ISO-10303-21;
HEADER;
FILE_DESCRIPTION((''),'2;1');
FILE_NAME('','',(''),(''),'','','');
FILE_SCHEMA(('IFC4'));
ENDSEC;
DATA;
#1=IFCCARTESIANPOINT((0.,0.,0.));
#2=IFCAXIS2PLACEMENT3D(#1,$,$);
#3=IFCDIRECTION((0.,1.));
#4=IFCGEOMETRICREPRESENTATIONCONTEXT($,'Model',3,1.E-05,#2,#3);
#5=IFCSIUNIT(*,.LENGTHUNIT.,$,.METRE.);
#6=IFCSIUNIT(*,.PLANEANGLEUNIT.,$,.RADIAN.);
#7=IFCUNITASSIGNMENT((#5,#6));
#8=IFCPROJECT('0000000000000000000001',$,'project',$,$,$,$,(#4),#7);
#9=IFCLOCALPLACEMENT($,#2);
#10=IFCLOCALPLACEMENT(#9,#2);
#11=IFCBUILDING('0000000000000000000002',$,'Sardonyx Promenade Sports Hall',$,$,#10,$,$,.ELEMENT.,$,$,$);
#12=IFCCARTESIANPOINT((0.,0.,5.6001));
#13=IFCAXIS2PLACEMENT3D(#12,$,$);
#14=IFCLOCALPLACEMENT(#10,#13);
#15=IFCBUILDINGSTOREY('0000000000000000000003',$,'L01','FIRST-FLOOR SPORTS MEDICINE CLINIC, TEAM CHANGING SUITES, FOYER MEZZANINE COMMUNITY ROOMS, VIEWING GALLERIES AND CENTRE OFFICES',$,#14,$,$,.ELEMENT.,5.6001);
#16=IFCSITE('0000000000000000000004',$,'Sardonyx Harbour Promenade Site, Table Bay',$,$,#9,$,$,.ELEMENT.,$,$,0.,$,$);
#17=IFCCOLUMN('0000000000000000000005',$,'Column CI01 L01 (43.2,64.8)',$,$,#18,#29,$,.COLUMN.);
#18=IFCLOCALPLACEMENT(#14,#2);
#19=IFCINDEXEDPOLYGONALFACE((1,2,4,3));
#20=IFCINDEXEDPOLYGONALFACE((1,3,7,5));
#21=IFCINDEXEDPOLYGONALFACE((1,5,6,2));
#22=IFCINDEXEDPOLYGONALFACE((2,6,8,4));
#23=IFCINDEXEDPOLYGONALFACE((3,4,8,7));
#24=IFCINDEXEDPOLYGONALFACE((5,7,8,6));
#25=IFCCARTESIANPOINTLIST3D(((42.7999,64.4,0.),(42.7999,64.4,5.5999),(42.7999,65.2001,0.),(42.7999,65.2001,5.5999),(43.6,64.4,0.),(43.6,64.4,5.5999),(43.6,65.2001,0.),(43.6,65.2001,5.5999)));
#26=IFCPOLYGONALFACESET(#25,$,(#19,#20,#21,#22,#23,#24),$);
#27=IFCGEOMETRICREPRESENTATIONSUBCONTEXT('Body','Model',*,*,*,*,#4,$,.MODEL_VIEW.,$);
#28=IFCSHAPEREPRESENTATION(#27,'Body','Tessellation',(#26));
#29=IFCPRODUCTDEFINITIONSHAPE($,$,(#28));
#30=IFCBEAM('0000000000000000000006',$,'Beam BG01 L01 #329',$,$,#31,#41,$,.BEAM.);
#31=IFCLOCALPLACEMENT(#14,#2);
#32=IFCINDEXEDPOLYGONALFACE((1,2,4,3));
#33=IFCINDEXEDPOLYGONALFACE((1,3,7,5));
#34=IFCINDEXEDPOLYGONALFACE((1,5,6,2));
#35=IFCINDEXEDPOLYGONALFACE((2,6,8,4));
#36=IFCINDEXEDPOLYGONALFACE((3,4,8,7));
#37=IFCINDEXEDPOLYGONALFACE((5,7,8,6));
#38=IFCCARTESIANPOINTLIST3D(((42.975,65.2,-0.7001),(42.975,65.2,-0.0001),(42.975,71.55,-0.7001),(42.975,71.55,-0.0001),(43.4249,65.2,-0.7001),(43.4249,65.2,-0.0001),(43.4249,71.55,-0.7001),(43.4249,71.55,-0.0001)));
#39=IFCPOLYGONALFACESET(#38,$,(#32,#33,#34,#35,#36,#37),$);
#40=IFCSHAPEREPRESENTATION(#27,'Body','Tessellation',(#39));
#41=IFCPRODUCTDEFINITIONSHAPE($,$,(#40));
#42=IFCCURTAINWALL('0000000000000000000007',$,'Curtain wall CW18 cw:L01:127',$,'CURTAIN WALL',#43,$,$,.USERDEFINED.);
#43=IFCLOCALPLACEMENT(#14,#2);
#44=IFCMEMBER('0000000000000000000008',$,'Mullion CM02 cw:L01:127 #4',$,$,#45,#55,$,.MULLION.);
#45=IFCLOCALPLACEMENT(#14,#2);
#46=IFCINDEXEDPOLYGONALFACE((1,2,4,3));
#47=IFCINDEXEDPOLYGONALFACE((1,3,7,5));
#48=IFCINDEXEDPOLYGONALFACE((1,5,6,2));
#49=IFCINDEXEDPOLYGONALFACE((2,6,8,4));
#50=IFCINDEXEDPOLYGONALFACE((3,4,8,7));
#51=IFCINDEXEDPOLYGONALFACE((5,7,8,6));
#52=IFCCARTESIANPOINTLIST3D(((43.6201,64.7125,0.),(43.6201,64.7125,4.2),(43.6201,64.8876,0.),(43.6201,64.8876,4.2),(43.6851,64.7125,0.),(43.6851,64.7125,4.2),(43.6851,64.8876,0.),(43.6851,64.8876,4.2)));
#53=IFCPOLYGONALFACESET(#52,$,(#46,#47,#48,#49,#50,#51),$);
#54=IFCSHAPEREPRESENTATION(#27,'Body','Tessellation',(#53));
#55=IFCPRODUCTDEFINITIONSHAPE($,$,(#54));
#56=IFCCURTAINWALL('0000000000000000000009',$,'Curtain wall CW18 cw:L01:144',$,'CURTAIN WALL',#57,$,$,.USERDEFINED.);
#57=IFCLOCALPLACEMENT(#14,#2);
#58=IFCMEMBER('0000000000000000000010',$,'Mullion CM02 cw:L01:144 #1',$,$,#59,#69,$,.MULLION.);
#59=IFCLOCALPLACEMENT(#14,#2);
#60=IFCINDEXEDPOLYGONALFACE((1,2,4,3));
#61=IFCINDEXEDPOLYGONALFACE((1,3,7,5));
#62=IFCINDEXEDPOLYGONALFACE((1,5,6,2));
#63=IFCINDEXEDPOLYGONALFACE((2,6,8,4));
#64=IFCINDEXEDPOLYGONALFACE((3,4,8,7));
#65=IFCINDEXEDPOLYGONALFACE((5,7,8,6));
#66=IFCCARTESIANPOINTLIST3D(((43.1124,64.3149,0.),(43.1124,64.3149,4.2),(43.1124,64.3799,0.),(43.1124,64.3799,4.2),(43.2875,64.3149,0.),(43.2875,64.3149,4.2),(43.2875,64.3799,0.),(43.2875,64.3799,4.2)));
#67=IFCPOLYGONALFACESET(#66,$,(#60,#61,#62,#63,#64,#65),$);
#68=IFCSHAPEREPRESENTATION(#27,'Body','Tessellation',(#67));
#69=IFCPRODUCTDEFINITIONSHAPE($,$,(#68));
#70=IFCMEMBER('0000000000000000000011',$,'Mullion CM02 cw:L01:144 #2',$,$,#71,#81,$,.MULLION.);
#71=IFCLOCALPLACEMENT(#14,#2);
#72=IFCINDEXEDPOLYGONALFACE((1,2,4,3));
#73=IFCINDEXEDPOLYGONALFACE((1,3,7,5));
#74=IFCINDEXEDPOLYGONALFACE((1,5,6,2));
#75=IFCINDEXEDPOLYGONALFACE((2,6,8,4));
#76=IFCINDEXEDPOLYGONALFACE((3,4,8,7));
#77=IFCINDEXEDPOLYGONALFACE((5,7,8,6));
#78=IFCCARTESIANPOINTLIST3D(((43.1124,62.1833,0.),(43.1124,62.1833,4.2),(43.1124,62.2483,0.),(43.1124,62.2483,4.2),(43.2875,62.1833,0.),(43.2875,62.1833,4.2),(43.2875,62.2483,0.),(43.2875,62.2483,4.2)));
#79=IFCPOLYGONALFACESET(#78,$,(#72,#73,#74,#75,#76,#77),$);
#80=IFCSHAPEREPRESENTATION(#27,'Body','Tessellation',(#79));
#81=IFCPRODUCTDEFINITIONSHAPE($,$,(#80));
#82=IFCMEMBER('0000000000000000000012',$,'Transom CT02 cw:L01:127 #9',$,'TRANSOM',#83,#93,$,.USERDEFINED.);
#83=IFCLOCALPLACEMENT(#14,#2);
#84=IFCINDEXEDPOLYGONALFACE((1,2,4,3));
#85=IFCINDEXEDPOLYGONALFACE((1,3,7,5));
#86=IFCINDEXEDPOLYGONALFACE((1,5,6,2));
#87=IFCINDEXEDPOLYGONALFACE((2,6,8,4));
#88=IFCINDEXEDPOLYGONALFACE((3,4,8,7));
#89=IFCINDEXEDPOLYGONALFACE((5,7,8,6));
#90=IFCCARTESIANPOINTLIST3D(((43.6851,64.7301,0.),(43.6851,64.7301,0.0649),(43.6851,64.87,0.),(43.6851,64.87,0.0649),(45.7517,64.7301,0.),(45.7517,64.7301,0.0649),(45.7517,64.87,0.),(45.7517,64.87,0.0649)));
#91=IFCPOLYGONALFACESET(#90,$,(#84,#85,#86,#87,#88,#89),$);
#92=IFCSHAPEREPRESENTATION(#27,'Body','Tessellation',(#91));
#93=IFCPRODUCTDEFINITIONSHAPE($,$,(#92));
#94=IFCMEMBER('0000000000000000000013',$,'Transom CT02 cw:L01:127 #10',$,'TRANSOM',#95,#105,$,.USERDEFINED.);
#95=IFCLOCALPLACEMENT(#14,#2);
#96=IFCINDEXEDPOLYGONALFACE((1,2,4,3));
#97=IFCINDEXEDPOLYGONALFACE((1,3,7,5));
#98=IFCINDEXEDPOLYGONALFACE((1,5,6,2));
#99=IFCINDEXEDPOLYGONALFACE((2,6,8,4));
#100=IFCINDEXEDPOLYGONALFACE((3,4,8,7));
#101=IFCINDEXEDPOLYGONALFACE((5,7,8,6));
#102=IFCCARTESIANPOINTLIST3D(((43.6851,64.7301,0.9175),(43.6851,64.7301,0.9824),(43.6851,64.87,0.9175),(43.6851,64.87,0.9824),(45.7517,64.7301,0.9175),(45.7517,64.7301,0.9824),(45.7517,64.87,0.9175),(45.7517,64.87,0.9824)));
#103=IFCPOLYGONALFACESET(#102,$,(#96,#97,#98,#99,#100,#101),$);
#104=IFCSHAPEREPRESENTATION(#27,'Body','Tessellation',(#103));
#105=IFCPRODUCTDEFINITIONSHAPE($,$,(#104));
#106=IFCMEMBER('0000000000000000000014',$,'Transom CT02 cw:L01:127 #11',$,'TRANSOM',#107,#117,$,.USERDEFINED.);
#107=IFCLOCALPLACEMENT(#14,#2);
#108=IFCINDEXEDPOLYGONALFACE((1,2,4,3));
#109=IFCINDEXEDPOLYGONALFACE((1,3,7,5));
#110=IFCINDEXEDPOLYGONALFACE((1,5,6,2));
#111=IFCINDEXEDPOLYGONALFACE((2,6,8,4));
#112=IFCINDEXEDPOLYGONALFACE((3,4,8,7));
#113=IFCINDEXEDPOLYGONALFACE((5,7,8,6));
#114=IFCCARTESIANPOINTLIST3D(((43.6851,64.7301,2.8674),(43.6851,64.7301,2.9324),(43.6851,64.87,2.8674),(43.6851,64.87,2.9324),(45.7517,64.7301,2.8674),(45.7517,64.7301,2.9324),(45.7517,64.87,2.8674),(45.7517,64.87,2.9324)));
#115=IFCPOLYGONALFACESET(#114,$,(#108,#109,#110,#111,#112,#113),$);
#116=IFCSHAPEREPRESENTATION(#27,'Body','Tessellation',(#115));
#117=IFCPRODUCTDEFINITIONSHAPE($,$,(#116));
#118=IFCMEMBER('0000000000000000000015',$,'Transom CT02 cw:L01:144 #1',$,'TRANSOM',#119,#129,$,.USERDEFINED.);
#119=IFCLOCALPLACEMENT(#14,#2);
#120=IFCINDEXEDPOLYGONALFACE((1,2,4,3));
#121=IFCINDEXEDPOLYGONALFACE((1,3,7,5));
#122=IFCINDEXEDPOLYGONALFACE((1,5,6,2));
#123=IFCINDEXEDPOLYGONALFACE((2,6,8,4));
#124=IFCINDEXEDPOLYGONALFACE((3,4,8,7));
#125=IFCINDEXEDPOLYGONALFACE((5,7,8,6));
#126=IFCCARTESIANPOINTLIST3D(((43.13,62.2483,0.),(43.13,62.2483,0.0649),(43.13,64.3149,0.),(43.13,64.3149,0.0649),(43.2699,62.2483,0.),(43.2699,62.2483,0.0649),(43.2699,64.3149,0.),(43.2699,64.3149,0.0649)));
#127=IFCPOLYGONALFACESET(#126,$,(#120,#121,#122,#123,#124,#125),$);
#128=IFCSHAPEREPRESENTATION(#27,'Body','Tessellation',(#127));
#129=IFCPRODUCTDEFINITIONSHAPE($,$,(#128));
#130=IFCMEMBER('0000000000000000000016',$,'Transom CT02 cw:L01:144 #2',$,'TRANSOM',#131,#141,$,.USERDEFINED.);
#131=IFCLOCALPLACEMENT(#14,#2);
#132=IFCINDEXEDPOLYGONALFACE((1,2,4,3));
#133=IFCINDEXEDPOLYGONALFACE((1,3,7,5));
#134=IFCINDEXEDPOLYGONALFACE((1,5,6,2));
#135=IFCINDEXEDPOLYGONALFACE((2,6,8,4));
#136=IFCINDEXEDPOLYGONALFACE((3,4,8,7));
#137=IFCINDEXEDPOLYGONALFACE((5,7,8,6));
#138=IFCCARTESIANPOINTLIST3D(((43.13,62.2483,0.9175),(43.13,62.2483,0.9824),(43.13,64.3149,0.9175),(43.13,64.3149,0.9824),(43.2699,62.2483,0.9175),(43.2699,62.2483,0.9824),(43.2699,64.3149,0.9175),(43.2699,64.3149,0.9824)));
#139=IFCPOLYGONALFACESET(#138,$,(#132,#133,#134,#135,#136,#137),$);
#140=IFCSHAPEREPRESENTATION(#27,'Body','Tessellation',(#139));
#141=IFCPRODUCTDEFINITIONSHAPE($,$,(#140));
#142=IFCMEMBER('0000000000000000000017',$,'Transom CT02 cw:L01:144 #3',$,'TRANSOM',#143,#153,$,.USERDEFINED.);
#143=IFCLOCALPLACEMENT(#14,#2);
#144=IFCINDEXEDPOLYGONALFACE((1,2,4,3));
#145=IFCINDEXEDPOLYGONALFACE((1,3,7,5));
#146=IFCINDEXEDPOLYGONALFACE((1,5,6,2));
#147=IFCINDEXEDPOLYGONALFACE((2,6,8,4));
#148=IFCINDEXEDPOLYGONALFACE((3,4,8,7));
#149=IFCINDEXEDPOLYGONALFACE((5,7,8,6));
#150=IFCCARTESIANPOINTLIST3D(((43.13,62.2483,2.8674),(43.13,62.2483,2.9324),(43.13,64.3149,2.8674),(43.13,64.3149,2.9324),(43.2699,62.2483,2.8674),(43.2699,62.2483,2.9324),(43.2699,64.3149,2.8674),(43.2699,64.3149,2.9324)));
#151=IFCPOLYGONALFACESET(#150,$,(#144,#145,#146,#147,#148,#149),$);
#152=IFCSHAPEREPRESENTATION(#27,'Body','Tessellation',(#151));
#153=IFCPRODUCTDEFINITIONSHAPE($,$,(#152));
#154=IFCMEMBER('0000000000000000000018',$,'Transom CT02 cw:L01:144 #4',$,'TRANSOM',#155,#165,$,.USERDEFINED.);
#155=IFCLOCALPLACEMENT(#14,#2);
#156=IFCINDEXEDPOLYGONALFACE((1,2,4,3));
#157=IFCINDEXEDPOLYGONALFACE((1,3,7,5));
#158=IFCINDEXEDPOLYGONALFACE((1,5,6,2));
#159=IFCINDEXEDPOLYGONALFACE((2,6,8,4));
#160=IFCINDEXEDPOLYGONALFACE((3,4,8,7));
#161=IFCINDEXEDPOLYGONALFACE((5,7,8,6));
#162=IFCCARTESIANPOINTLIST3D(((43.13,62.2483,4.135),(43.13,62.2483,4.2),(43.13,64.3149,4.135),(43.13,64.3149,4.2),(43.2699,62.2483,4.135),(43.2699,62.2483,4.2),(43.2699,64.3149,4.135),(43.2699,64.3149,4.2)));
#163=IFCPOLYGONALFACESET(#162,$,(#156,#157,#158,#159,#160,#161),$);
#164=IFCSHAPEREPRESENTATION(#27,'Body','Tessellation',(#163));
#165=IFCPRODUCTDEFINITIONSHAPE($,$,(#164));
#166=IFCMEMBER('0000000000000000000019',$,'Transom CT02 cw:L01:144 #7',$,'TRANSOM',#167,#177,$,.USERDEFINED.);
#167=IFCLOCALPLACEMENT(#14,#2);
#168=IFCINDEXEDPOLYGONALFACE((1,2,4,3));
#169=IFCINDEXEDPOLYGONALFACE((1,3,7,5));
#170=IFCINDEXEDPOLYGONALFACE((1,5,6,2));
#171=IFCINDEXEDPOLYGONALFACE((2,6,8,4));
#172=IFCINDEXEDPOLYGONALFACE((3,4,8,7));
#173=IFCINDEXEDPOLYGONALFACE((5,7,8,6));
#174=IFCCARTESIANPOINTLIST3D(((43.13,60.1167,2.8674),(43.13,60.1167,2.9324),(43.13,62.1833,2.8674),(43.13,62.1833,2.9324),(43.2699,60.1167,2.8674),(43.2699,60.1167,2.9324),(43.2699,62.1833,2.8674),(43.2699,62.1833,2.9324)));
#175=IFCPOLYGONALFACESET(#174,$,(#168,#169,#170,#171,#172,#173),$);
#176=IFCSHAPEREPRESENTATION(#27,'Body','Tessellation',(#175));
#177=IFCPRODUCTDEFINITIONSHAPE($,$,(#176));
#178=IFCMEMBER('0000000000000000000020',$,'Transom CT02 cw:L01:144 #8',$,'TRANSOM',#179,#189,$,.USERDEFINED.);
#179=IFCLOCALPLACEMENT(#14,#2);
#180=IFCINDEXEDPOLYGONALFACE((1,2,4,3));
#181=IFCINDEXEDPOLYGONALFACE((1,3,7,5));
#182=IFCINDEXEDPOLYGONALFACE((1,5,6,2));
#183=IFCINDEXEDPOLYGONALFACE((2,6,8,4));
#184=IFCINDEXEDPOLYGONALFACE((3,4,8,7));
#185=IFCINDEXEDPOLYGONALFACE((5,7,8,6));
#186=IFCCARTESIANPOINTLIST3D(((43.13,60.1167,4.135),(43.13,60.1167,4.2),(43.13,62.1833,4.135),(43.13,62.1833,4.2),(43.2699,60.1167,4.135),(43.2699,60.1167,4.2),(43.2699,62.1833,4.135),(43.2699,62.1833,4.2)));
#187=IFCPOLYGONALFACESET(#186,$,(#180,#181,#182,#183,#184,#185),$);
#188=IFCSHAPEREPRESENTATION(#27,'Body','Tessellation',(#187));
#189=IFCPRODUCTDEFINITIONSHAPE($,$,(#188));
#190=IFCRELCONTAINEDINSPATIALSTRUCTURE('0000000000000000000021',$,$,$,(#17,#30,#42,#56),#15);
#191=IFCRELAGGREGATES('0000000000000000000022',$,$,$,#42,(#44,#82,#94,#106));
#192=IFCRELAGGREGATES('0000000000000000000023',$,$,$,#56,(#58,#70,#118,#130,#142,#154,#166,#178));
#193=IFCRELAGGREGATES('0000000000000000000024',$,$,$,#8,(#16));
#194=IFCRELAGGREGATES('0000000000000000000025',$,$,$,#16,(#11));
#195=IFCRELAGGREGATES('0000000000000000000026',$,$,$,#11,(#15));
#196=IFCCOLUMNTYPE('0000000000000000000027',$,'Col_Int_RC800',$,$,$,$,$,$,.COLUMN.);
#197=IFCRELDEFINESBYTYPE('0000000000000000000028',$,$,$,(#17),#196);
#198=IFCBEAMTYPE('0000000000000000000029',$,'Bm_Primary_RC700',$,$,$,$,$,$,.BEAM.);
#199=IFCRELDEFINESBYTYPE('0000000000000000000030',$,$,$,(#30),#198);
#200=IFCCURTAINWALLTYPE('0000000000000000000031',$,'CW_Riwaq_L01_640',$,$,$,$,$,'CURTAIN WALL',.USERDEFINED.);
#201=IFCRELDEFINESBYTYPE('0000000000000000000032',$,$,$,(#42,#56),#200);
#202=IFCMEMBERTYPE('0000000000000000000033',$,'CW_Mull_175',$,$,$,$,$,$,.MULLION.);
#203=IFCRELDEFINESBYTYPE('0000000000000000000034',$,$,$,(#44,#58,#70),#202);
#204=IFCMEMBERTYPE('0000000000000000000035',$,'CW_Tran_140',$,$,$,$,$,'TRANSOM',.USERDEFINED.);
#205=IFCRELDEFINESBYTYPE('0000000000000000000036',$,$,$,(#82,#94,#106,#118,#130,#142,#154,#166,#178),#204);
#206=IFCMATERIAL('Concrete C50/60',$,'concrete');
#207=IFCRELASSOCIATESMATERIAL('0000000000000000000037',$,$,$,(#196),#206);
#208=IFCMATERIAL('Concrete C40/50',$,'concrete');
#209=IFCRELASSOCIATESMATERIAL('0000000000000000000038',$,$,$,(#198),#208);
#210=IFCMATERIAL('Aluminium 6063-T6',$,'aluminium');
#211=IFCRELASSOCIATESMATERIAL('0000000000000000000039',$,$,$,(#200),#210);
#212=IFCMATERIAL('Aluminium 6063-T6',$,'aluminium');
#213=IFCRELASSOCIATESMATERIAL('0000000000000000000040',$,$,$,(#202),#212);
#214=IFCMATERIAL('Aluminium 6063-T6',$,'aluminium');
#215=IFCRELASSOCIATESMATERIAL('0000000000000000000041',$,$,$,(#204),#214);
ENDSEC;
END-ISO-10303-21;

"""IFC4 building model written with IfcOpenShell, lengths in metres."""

from ifc_helpers import new_model, si_unit, direction, frame, origin, origin_2d, place, context, subcontext, project, spatial, rectangle, extrude, material, material_profile, profile_set, type_object, element, aggregate, save


model = new_model("IFC4")

# Units and contexts
model_context = context("Model", 3, precision=1e-05, world=origin(), true_north=direction((0.0, 1.0)))
body_context = subcontext(model_context, "Body", "Model", "MODEL_VIEW")
ifc_project = project(units=[si_unit("LENGTHUNIT", "METRE"), si_unit("PLANEANGLEUNIT", "RADIAN")], contexts=[model_context])

# Site, building, storey
site_placement = place(None, origin())
site = spatial("IfcSite", under=ifc_project, at=site_placement, Name="Sardonyx Harbour Promenade Site, Table Bay", CompositionType="ELEMENT", RefElevation=0.0)
building_placement = place(site_placement, origin())
building = spatial("IfcBuilding", under=site, at=building_placement, Name="Sardonyx Promenade Sports Hall", CompositionType="ELEMENT")
storey_placement = place(building_placement, frame((0.0, 0.0, 5.6001)))
storey = spatial("IfcBuildingStorey", under=building, at=storey_placement, Name="L01", Description="FIRST-FLOOR SPORTS MEDICINE CLINIC, TEAM CHANGING SUITES, FOYER MEZZANINE COMMUNITY ROOMS, VIEWING GALLERIES AND CENTRE OFFICES", CompositionType="ELEMENT", Elevation=5.6001)

# Column
ifc_material_1 = material(Name="Concrete C50/60", Category="concrete")
ifc_material_profile_1 = material_profile(ifc_material_1, rectangle(XDim=0.8, YDim=0.8, at=origin_2d()))
ifc_profile_set_1 = profile_set([ifc_material_profile_1], Name="Concrete C50/60")
column_type = type_object("IfcColumnType", Name="Col_Int_RC800", PredefinedType="COLUMN", material=ifc_profile_set_1)
column_placement = place(storey_placement, frame((43.2, 64.8, 0.0), z_axis=(0.0, 0.0, 1.0), x_axis=(1.0, 0.0, 0.0)))
element("IfcColumn", 1, at=column_placement, inside=storey, type_object=column_type, Name="Column CI01 L01 (43.2,64.8)", PredefinedType="COLUMN", context=body_context, shape_type="SweptSolid", body=[
    extrude(rectangle(XDim=0.8, YDim=0.8, at=origin_2d()), origin(), (0.0, 0.0, 1.0), 5.5999),
])

# Beam
ifc_material_2 = material(Name="Concrete C40/50", Category="concrete")
ifc_material_profile_2 = material_profile(ifc_material_2, rectangle(XDim=0.45, YDim=0.7, at=origin_2d()))
ifc_profile_set_2 = profile_set([ifc_material_profile_2], Name="Concrete C40/50")
beam_type = type_object("IfcBeamType", Name="Bm_Primary_RC700", PredefinedType="BEAM", material=ifc_profile_set_2)
beam_placement = place(storey_placement, frame((43.2, 65.2, -0.3501), z_axis=(0.0, 1.0, 0.0), x_axis=(-1.0, 0.0, 0.0)))
element("IfcBeam", 2, at=beam_placement, inside=storey, type_object=beam_type, Name="Beam BG01 L01 #329", PredefinedType="BEAM", context=body_context, shape_type="SweptSolid", body=[
    extrude(rectangle(XDim=0.45, YDim=0.7, at=origin_2d()), origin(), (0.0, 0.0, 1.0), 6.3501),
])

# Curtain wall, member
ifc_material_3 = material(Name="Aluminium 6063-T6", Category="aluminium")
curtain_wall_type = type_object("IfcCurtainWallType", Name="CW_Riwaq_L01_640", ElementType="CURTAIN WALL", PredefinedType="USERDEFINED", material=ifc_material_3)
curtain_wall_1_placement = place(storey_placement, origin())
curtain_wall_1 = element("IfcCurtainWall", 3, at=curtain_wall_1_placement, inside=storey, type_object=curtain_wall_type, Name="Curtain wall CW18 cw:L01:127", ObjectType="CURTAIN WALL", PredefinedType="USERDEFINED")
ifc_material_4 = material(Name="Aluminium 6063-T6", Category="aluminium")
ifc_material_profile_3 = material_profile(ifc_material_4, rectangle(XDim=0.0649, YDim=0.175, at=origin_2d()))
ifc_profile_set_3 = profile_set([ifc_material_profile_3], Name="Aluminium 6063-T6")
member_type_1 = type_object("IfcMemberType", Name="CW_Mull_175", PredefinedType="MULLION", material=ifc_profile_set_3)
member_1_placement = place(storey_placement, frame((43.6526, 64.8, 0.0), z_axis=(0.0, 0.0, 1.0), x_axis=(-1.0, 0.0, 0.0)))
member_1 = element("IfcMember", 4, at=member_1_placement, type_object=member_type_1, Name="Mullion CM02 cw:L01:127 #4", PredefinedType="MULLION", context=body_context, shape_type="SweptSolid", body=[
    extrude(rectangle(XDim=0.0649, YDim=0.175, at=origin_2d()), origin(), (0.0, 0.0, 1.0), 4.2),
])

# Curtain wall, members
curtain_wall_2_placement = place(storey_placement, origin())
curtain_wall_2 = element("IfcCurtainWall", 5, at=curtain_wall_2_placement, inside=storey, type_object=curtain_wall_type, Name="Curtain wall CW18 cw:L01:144", ObjectType="CURTAIN WALL", PredefinedType="USERDEFINED")
member_2_placement = place(storey_placement, frame((43.2, 64.3474, 0.0), z_axis=(0.0, 0.0, 1.0), x_axis=(0.0, -1.0, 0.0)))
member_2 = element("IfcMember", 6, at=member_2_placement, type_object=member_type_1, Name="Mullion CM02 cw:L01:144 #1", PredefinedType="MULLION", context=body_context, shape_type="SweptSolid", body=[
    extrude(rectangle(XDim=0.0649, YDim=0.175, at=origin_2d()), origin(), (0.0, 0.0, 1.0), 4.2),
])
member_3_placement = place(storey_placement, frame((43.2, 62.2158, 0.0), z_axis=(0.0, 0.0, 1.0), x_axis=(0.0, -1.0, 0.0)))
member_3 = element("IfcMember", 7, at=member_3_placement, type_object=member_type_1, Name="Mullion CM02 cw:L01:144 #2", PredefinedType="MULLION", context=body_context, shape_type="SweptSolid", body=[
    extrude(rectangle(XDim=0.0649, YDim=0.175, at=origin_2d()), origin(), (0.0, 0.0, 1.0), 4.2),
])

# Members
ifc_material_5 = material(Name="Aluminium 6063-T6", Category="aluminium")
ifc_material_profile_4 = material_profile(ifc_material_5, rectangle(XDim=0.0649, YDim=0.1399, at=origin_2d()))
ifc_profile_set_4 = profile_set([ifc_material_profile_4], Name="Aluminium 6063-T6")
member_type_2 = type_object("IfcMemberType", Name="CW_Tran_140", ElementType="TRANSOM", PredefinedType="USERDEFINED", material=ifc_profile_set_4)
member_4_placement = place(storey_placement, frame((45.7517, 64.8, 0.0325), z_axis=(-1.0, 0.0, 0.0), x_axis=(0.0, 0.0, 1.0)))
member_4 = element("IfcMember", 8, at=member_4_placement, type_object=member_type_2, Name="Transom CT02 cw:L01:127 #9", ObjectType="TRANSOM", PredefinedType="USERDEFINED", context=body_context, shape_type="SweptSolid", body=[
    extrude(rectangle(XDim=0.0649, YDim=0.1399, at=origin_2d()), origin(), (0.0, 0.0, 1.0), 2.0667),
])
member_5_placement = place(storey_placement, frame((45.7517, 64.8, 0.95), z_axis=(-1.0, 0.0, 0.0), x_axis=(0.0, 0.0, 1.0)))
member_5 = element("IfcMember", 9, at=member_5_placement, type_object=member_type_2, Name="Transom CT02 cw:L01:127 #10", ObjectType="TRANSOM", PredefinedType="USERDEFINED", context=body_context, shape_type="SweptSolid", body=[
    extrude(rectangle(XDim=0.0649, YDim=0.1399, at=origin_2d()), origin(), (0.0, 0.0, 1.0), 2.0667),
])
member_6_placement = place(storey_placement, frame((45.7517, 64.8, 2.8999), z_axis=(-1.0, 0.0, 0.0), x_axis=(0.0, 0.0, 1.0)))
member_6 = element("IfcMember", 10, at=member_6_placement, type_object=member_type_2, Name="Transom CT02 cw:L01:127 #11", ObjectType="TRANSOM", PredefinedType="USERDEFINED", context=body_context, shape_type="SweptSolid", body=[
    extrude(rectangle(XDim=0.0649, YDim=0.1399, at=origin_2d()), origin(), (0.0, 0.0, 1.0), 2.0667),
])
member_7_placement = place(storey_placement, frame((43.2, 64.3149, 0.0325), z_axis=(0.0, -1.0, 0.0), x_axis=(0.0, 0.0, 1.0)))
member_7 = element("IfcMember", 11, at=member_7_placement, type_object=member_type_2, Name="Transom CT02 cw:L01:144 #1", ObjectType="TRANSOM", PredefinedType="USERDEFINED", context=body_context, shape_type="SweptSolid", body=[
    extrude(rectangle(XDim=0.0649, YDim=0.1399, at=origin_2d()), origin(), (0.0, 0.0, 1.0), 2.0667),
])
member_8_placement = place(storey_placement, frame((43.2, 64.3149, 0.95), z_axis=(0.0, -1.0, 0.0), x_axis=(0.0, 0.0, 1.0)))
member_8 = element("IfcMember", 12, at=member_8_placement, type_object=member_type_2, Name="Transom CT02 cw:L01:144 #2", ObjectType="TRANSOM", PredefinedType="USERDEFINED", context=body_context, shape_type="SweptSolid", body=[
    extrude(rectangle(XDim=0.0649, YDim=0.1399, at=origin_2d()), origin(), (0.0, 0.0, 1.0), 2.0667),
])
member_9_placement = place(storey_placement, frame((43.2, 64.3149, 2.8999), z_axis=(0.0, -1.0, 0.0), x_axis=(0.0, 0.0, 1.0)))
member_9 = element("IfcMember", 13, at=member_9_placement, type_object=member_type_2, Name="Transom CT02 cw:L01:144 #3", ObjectType="TRANSOM", PredefinedType="USERDEFINED", context=body_context, shape_type="SweptSolid", body=[
    extrude(rectangle(XDim=0.0649, YDim=0.1399, at=origin_2d()), origin(), (0.0, 0.0, 1.0), 2.0667),
])
member_10_placement = place(storey_placement, frame((43.2, 64.3149, 4.1675), z_axis=(0.0, -1.0, 0.0), x_axis=(0.0, 0.0, 1.0)))
member_10 = element("IfcMember", 14, at=member_10_placement, type_object=member_type_2, Name="Transom CT02 cw:L01:144 #4", ObjectType="TRANSOM", PredefinedType="USERDEFINED", context=body_context, shape_type="SweptSolid", body=[
    extrude(rectangle(XDim=0.0649, YDim=0.1399, at=origin_2d()), origin(), (0.0, 0.0, 1.0), 2.0667),
])
member_11_placement = place(storey_placement, frame((43.2, 62.1833, 2.8999), z_axis=(0.0, -1.0, 0.0), x_axis=(0.0, 0.0, 1.0)))
member_11 = element("IfcMember", 15, at=member_11_placement, type_object=member_type_2, Name="Transom CT02 cw:L01:144 #7", ObjectType="TRANSOM", PredefinedType="USERDEFINED", context=body_context, shape_type="SweptSolid", body=[
    extrude(rectangle(XDim=0.0649, YDim=0.1399, at=origin_2d()), origin(), (0.0, 0.0, 1.0), 2.0667),
])
member_12_placement = place(storey_placement, frame((43.2, 62.1833, 4.1675), z_axis=(0.0, -1.0, 0.0), x_axis=(0.0, 0.0, 1.0)))
member_12 = element("IfcMember", 16, at=member_12_placement, type_object=member_type_2, Name="Transom CT02 cw:L01:144 #8", ObjectType="TRANSOM", PredefinedType="USERDEFINED", context=body_context, shape_type="SweptSolid", body=[
    extrude(rectangle(XDim=0.0649, YDim=0.1399, at=origin_2d()), origin(), (0.0, 0.0, 1.0), 2.0667),
])

aggregate(curtain_wall_1, [member_1, member_4, member_5, member_6])
aggregate(curtain_wall_2, [member_2, member_3, member_7, member_8, member_9, member_10, member_11, member_12])

save(model, "model.ifc")
